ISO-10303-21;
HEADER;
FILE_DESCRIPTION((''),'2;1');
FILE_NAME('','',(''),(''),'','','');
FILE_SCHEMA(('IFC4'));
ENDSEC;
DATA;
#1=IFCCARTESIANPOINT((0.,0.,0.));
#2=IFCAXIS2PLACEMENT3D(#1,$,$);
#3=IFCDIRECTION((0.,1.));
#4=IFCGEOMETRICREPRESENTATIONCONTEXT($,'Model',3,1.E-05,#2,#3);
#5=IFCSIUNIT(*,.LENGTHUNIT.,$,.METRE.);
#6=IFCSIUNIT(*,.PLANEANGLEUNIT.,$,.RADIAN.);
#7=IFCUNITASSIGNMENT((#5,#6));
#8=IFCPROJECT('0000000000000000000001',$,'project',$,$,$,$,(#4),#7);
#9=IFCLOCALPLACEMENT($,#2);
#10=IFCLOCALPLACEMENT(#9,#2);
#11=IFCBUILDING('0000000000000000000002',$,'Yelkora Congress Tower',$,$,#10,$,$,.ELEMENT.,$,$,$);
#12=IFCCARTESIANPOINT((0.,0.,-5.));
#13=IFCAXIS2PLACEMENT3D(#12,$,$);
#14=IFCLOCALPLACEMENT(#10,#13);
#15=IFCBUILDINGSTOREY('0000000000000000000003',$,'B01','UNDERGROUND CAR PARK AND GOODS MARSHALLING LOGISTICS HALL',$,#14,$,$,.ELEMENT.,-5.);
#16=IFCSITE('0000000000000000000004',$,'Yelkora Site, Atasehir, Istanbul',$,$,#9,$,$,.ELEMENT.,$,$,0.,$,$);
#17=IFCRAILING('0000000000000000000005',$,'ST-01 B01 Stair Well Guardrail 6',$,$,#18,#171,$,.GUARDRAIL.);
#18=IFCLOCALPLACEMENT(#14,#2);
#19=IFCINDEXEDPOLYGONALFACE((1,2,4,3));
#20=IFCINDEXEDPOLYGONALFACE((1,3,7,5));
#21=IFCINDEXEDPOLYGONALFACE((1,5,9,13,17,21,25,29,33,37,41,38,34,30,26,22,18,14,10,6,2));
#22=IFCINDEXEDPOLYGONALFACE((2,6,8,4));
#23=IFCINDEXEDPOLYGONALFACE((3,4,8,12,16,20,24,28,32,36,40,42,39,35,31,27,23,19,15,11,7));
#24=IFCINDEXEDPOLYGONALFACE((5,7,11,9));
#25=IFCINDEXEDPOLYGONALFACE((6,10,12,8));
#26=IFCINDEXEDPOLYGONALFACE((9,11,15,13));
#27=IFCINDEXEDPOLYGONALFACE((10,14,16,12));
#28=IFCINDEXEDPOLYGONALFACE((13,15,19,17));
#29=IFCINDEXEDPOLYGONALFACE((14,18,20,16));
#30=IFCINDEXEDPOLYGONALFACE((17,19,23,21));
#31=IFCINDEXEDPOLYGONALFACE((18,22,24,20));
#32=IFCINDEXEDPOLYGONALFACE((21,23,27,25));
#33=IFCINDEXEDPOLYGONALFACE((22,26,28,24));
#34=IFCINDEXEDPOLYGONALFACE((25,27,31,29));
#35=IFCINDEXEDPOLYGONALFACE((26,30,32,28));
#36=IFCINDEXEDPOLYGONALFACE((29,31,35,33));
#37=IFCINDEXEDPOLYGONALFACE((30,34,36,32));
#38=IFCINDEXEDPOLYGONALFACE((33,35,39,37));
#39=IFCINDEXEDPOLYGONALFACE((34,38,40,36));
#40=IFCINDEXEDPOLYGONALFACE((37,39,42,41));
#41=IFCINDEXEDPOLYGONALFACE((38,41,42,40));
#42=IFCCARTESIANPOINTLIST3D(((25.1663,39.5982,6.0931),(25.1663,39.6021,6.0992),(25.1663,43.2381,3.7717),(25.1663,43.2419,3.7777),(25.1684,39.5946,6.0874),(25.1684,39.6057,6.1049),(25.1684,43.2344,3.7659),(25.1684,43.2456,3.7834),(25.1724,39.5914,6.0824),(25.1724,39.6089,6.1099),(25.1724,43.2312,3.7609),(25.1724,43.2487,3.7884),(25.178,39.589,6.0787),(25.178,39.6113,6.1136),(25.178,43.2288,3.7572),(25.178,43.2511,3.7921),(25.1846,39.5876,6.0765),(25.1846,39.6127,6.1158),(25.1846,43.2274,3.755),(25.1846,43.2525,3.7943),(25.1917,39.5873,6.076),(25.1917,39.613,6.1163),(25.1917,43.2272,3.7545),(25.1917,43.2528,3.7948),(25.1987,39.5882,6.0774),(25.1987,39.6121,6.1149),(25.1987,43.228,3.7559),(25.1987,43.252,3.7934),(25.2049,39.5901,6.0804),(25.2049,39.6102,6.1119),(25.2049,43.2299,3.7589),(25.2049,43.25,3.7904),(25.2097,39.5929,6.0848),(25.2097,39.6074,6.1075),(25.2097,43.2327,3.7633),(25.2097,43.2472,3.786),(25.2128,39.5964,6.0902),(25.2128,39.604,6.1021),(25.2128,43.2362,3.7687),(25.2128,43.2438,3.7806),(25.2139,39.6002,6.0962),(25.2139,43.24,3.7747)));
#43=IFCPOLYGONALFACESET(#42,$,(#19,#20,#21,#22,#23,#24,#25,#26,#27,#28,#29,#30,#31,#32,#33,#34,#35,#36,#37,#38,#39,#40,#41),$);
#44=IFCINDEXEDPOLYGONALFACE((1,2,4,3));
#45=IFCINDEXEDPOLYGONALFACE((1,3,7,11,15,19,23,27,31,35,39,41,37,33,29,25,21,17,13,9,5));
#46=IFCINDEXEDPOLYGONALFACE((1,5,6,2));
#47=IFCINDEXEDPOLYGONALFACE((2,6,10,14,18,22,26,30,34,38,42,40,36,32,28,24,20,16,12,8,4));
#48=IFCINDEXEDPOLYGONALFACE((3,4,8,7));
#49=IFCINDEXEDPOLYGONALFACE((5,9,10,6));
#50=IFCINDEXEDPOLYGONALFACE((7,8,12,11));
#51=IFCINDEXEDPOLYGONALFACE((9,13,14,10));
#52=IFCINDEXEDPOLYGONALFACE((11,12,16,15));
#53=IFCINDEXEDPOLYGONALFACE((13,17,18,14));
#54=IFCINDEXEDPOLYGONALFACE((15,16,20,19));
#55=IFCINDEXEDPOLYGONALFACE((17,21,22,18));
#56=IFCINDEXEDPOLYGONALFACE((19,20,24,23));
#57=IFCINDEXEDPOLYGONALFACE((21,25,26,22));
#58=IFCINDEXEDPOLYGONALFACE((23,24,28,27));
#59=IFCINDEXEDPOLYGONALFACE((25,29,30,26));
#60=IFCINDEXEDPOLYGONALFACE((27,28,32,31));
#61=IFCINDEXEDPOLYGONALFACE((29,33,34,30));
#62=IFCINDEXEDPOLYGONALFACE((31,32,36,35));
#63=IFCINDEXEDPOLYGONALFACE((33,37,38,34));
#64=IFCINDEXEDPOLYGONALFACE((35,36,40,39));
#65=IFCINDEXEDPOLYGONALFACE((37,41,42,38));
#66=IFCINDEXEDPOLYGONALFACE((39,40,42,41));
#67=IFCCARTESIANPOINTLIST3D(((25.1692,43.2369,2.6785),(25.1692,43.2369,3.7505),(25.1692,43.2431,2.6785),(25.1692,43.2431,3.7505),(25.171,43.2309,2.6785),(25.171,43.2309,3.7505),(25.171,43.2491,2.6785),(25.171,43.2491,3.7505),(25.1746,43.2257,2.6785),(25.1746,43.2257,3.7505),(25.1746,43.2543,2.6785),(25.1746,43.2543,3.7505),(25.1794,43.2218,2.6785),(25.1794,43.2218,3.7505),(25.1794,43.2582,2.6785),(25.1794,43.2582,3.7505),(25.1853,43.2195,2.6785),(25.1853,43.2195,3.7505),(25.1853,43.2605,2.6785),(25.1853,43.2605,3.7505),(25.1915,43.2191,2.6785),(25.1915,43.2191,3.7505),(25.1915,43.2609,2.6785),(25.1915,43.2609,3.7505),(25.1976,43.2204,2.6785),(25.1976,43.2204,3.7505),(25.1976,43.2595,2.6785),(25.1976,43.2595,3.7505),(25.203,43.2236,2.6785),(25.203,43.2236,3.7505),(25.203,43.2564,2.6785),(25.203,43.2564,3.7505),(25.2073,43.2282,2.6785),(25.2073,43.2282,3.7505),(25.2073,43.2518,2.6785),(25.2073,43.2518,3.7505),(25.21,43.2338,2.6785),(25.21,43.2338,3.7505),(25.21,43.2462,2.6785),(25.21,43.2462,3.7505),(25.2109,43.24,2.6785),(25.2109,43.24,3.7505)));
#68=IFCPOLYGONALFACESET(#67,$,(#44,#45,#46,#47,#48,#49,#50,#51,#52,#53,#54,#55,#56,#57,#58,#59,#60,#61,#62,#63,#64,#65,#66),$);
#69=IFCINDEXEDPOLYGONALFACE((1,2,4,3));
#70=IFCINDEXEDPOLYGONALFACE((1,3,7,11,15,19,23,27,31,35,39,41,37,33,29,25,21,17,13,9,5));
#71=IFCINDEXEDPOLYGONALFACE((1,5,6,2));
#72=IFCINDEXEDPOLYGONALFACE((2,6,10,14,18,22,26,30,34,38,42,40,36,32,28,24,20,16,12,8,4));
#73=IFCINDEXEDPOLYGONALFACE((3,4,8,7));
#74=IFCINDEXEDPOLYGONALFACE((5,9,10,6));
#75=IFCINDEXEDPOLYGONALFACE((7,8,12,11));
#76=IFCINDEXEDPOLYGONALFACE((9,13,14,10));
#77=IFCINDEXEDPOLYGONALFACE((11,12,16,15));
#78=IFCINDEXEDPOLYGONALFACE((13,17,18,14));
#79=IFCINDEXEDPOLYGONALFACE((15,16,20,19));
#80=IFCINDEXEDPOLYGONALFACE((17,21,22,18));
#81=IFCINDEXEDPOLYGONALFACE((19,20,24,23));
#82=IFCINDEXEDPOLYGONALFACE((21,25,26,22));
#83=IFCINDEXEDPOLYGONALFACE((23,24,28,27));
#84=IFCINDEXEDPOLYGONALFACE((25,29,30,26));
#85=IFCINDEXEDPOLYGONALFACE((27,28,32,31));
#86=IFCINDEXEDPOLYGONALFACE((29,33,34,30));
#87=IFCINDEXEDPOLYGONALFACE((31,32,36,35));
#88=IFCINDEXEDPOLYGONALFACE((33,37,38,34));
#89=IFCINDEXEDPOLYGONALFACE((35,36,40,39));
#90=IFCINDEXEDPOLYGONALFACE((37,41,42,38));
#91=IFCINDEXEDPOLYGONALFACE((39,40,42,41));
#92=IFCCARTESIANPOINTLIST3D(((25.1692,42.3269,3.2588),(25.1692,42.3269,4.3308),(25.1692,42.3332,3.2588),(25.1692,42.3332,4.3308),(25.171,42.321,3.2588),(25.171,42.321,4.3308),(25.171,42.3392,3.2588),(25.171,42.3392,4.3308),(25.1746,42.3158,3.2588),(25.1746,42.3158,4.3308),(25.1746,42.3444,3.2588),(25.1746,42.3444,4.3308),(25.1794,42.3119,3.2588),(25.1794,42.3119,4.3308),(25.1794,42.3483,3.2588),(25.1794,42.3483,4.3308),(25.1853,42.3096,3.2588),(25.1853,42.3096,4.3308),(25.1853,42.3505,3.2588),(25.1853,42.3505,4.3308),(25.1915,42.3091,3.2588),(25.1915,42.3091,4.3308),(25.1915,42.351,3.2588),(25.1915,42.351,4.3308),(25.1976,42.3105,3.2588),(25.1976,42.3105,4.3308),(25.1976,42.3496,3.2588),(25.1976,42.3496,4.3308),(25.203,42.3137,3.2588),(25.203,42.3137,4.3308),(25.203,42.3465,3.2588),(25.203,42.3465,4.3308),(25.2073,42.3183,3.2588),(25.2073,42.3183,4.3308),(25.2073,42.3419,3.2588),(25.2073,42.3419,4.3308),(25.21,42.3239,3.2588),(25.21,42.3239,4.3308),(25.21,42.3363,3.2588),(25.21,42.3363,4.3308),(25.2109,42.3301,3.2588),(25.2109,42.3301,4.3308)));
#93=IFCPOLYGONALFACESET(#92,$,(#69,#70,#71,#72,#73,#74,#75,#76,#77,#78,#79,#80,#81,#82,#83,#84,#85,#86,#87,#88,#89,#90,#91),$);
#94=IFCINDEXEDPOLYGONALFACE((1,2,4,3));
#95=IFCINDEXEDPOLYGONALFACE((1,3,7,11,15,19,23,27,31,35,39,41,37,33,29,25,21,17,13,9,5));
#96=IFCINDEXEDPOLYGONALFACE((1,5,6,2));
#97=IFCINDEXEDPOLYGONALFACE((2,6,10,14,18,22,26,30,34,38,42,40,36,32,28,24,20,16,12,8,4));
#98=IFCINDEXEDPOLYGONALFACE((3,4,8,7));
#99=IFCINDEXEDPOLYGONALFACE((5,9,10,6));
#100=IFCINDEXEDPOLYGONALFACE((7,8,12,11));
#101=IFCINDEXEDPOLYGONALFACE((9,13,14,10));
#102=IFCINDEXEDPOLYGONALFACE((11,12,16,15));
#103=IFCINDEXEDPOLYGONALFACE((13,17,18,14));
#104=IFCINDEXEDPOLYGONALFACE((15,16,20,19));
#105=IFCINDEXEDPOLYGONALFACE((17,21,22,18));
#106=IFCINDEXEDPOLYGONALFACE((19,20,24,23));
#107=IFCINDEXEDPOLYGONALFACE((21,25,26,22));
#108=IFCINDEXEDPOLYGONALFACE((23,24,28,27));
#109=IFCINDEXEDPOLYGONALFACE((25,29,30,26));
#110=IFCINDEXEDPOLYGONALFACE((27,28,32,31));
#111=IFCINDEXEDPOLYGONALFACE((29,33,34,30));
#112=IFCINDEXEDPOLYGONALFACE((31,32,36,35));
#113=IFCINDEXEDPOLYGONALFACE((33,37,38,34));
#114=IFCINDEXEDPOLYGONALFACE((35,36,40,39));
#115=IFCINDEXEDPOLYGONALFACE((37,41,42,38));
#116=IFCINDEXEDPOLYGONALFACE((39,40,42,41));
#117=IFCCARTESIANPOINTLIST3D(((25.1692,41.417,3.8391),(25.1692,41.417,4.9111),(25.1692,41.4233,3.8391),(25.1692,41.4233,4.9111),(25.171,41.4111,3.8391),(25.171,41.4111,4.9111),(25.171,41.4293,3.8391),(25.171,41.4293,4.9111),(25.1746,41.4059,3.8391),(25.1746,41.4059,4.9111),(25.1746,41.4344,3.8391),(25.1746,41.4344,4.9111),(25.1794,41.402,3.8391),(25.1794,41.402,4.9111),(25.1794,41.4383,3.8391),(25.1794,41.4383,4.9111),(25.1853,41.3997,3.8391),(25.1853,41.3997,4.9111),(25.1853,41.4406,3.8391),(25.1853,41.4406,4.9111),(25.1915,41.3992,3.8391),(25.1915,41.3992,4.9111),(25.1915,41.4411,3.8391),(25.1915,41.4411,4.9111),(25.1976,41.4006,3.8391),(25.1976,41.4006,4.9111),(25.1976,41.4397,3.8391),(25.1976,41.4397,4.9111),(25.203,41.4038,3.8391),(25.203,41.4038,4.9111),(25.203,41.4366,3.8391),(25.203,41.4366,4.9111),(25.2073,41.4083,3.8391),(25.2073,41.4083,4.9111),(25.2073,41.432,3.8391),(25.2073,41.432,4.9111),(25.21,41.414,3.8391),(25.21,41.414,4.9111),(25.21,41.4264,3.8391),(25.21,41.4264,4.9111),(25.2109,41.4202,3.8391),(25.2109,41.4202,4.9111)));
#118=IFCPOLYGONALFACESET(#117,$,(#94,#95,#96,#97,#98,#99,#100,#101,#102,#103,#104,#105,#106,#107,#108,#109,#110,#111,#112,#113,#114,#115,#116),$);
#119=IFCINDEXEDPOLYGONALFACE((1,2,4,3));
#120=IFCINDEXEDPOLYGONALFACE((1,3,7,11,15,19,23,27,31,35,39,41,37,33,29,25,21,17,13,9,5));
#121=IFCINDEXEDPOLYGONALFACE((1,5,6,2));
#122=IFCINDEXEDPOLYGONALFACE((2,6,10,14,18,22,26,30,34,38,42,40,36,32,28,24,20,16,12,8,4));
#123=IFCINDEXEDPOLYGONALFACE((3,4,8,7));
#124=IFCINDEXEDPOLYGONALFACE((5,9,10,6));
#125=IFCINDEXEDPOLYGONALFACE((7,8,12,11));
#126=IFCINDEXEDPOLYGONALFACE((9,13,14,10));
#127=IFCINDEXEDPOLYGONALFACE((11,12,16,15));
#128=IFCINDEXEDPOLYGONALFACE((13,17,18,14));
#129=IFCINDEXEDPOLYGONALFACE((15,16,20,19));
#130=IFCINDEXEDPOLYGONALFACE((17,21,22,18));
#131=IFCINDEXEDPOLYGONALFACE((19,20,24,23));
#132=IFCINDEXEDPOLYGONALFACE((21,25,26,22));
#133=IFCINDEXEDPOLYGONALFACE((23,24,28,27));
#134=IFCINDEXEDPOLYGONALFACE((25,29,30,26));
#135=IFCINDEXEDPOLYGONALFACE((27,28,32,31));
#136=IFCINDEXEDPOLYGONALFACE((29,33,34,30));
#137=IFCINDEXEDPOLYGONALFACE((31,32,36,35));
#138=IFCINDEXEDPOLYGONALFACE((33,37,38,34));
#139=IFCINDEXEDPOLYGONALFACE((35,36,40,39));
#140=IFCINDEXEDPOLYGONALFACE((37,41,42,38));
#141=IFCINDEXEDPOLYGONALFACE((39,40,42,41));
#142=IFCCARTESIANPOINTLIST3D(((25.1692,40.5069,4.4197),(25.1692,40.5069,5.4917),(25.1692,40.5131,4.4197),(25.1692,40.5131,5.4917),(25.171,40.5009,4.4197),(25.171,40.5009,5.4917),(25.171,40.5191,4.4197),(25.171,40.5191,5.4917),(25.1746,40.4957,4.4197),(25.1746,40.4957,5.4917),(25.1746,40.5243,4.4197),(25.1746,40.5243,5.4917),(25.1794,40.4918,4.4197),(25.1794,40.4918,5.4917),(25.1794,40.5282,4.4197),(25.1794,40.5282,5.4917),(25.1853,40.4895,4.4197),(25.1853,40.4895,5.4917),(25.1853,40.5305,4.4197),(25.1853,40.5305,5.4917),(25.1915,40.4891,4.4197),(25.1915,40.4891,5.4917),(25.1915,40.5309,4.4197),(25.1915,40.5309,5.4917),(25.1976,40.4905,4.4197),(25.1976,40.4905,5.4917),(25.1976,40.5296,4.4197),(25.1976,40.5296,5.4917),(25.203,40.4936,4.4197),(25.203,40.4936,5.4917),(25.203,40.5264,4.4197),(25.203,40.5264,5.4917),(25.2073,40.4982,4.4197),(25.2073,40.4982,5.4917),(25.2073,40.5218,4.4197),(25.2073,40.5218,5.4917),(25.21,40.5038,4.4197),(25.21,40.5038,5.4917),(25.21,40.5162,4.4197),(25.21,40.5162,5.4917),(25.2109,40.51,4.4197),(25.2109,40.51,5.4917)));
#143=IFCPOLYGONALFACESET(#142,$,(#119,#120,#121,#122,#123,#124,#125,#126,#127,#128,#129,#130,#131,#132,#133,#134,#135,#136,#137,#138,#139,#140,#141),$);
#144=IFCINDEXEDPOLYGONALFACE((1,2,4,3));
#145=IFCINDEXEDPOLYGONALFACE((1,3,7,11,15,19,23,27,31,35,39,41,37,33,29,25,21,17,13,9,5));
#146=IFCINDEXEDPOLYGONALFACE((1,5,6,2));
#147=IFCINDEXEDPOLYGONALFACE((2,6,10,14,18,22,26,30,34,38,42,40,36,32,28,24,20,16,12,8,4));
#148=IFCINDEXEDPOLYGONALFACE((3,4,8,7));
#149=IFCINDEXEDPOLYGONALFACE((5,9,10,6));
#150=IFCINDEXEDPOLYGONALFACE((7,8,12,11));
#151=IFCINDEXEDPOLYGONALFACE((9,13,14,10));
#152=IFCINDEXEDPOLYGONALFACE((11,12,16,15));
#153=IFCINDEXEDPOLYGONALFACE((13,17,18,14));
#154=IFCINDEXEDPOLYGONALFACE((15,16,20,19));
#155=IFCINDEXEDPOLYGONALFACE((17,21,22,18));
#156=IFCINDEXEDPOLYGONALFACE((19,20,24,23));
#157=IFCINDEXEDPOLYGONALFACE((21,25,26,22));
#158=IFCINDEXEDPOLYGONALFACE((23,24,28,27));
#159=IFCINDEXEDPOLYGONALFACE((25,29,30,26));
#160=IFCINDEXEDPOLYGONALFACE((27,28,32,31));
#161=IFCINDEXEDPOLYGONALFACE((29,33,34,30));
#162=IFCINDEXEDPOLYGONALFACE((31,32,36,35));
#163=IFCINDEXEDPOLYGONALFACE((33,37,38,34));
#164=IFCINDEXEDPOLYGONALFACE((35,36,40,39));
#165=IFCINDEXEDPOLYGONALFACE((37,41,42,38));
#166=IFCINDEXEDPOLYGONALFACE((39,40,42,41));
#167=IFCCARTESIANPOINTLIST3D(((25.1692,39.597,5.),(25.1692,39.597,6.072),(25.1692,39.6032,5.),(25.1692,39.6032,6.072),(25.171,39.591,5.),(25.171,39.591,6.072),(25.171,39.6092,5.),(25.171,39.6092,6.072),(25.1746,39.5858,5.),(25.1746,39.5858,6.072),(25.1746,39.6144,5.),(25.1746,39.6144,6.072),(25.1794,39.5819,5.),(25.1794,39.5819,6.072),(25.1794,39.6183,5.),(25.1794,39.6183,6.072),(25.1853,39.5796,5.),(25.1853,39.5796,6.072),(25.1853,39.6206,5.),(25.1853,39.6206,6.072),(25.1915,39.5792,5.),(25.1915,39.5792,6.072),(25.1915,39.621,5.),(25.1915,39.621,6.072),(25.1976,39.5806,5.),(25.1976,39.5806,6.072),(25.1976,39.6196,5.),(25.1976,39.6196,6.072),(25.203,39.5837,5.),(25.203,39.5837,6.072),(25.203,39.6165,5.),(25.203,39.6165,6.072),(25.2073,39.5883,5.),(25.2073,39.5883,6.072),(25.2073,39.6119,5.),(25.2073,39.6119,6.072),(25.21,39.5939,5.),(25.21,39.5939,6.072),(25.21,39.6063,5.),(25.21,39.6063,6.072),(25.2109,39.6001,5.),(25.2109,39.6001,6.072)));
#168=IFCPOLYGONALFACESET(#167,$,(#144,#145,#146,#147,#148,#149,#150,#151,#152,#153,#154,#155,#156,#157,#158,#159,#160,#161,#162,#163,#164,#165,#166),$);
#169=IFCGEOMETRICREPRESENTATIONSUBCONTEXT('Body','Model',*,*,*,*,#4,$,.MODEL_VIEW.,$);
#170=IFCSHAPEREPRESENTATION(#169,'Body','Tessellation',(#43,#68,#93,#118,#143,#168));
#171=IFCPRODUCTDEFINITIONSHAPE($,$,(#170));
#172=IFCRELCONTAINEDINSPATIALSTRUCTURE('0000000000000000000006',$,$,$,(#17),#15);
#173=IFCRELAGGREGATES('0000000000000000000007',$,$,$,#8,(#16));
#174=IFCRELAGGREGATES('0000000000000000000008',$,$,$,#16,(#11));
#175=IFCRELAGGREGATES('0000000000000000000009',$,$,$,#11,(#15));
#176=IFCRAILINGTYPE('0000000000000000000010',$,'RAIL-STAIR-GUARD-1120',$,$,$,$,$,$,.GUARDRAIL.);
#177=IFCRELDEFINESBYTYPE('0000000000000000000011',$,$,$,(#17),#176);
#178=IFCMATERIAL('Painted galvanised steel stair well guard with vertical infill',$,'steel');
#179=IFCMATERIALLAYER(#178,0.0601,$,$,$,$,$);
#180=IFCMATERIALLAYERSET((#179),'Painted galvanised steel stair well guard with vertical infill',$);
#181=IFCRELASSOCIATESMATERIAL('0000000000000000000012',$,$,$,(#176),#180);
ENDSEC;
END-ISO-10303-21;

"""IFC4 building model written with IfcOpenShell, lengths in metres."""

from ifc_helpers import new_model, si_unit, direction, frame, origin, origin_2d, place, context, subcontext, project, spatial, circle, extrude, material, layer, layer_set, type_object, element, save


model = new_model("IFC4")

# Units and contexts
model_context = context("Model", 3, precision=1e-05, world=origin(), true_north=direction((0.0, 1.0)))
body_context = subcontext(model_context, "Body", "Model", "MODEL_VIEW")
ifc_project = project(units=[si_unit("LENGTHUNIT", "METRE"), si_unit("PLANEANGLEUNIT", "RADIAN")], contexts=[model_context])

# Site, building, storey
site_placement = place(None, origin())
site = spatial("IfcSite", under=ifc_project, at=site_placement, Name="Yelkora Site, Atasehir, Istanbul", CompositionType="ELEMENT", RefElevation=0.0)
building_placement = place(site_placement, origin())
building = spatial("IfcBuilding", under=site, at=building_placement, Name="Yelkora Congress Tower", CompositionType="ELEMENT")
storey_placement = place(building_placement, frame((0.0, 0.0, -5.0)))
storey = spatial("IfcBuildingStorey", under=building, at=storey_placement, Name="B01", Description="UNDERGROUND CAR PARK AND GOODS MARSHALLING LOGISTICS HALL", CompositionType="ELEMENT", Elevation=-5.0)

# Railing
ifc_material_1 = material(Name="Painted galvanised steel stair well guard with vertical infill", Category="steel")
ifc_layer_1 = layer(ifc_material_1, 0.0601)
ifc_layer_set_1 = layer_set([ifc_layer_1], Name="Painted galvanised steel stair well guard with vertical infill")
railing_type_1 = type_object("IfcRailingType", Name="RAIL-STAIR-GUARD-1120", PredefinedType="GUARDRAIL", material=ifc_layer_set_1)
railing_1_placement = place(storey_placement, frame((25.1899, 43.24, 2.6785)))
element("IfcRailing", 1, at=railing_1_placement, inside=storey, type_object=railing_type_1, Name="ST-01 B01 Stair Well Guardrail 6", PredefinedType="GUARDRAIL", context=body_context, shape_type="SweptSolid", body=[
    extrude(circle(Radius=0.0239, at=origin_2d()), frame((0.0, 0.0, 1.0962), z_axis=(0.0, -0.843112, 0.537739), x_axis=(1.0, 0.0, 0.0)), (0.0, 0.0, 1.0), 4.3171),
    extrude(circle(Radius=0.021, at=origin_2d()), origin(), (0.0, 0.0, 1.0), 1.072),
    extrude(circle(Radius=0.021, at=origin_2d()), frame((0.0, -0.9099, 0.5803)), (0.0, 0.0, 1.0), 1.072),
    extrude(circle(Radius=0.021, at=origin_2d()), frame((0.0, -1.8198, 1.1606)), (0.0, 0.0, 1.0), 1.072),
    extrude(circle(Radius=0.021, at=origin_2d()), frame((0.0, -2.73, 1.7412)), (0.0, 0.0, 1.0), 1.072),
    extrude(circle(Radius=0.021, at=origin_2d()), frame((0.0, -3.6399, 2.3215)), (0.0, 0.0, 1.0), 1.072),
])

save(model, "model.ifc")
